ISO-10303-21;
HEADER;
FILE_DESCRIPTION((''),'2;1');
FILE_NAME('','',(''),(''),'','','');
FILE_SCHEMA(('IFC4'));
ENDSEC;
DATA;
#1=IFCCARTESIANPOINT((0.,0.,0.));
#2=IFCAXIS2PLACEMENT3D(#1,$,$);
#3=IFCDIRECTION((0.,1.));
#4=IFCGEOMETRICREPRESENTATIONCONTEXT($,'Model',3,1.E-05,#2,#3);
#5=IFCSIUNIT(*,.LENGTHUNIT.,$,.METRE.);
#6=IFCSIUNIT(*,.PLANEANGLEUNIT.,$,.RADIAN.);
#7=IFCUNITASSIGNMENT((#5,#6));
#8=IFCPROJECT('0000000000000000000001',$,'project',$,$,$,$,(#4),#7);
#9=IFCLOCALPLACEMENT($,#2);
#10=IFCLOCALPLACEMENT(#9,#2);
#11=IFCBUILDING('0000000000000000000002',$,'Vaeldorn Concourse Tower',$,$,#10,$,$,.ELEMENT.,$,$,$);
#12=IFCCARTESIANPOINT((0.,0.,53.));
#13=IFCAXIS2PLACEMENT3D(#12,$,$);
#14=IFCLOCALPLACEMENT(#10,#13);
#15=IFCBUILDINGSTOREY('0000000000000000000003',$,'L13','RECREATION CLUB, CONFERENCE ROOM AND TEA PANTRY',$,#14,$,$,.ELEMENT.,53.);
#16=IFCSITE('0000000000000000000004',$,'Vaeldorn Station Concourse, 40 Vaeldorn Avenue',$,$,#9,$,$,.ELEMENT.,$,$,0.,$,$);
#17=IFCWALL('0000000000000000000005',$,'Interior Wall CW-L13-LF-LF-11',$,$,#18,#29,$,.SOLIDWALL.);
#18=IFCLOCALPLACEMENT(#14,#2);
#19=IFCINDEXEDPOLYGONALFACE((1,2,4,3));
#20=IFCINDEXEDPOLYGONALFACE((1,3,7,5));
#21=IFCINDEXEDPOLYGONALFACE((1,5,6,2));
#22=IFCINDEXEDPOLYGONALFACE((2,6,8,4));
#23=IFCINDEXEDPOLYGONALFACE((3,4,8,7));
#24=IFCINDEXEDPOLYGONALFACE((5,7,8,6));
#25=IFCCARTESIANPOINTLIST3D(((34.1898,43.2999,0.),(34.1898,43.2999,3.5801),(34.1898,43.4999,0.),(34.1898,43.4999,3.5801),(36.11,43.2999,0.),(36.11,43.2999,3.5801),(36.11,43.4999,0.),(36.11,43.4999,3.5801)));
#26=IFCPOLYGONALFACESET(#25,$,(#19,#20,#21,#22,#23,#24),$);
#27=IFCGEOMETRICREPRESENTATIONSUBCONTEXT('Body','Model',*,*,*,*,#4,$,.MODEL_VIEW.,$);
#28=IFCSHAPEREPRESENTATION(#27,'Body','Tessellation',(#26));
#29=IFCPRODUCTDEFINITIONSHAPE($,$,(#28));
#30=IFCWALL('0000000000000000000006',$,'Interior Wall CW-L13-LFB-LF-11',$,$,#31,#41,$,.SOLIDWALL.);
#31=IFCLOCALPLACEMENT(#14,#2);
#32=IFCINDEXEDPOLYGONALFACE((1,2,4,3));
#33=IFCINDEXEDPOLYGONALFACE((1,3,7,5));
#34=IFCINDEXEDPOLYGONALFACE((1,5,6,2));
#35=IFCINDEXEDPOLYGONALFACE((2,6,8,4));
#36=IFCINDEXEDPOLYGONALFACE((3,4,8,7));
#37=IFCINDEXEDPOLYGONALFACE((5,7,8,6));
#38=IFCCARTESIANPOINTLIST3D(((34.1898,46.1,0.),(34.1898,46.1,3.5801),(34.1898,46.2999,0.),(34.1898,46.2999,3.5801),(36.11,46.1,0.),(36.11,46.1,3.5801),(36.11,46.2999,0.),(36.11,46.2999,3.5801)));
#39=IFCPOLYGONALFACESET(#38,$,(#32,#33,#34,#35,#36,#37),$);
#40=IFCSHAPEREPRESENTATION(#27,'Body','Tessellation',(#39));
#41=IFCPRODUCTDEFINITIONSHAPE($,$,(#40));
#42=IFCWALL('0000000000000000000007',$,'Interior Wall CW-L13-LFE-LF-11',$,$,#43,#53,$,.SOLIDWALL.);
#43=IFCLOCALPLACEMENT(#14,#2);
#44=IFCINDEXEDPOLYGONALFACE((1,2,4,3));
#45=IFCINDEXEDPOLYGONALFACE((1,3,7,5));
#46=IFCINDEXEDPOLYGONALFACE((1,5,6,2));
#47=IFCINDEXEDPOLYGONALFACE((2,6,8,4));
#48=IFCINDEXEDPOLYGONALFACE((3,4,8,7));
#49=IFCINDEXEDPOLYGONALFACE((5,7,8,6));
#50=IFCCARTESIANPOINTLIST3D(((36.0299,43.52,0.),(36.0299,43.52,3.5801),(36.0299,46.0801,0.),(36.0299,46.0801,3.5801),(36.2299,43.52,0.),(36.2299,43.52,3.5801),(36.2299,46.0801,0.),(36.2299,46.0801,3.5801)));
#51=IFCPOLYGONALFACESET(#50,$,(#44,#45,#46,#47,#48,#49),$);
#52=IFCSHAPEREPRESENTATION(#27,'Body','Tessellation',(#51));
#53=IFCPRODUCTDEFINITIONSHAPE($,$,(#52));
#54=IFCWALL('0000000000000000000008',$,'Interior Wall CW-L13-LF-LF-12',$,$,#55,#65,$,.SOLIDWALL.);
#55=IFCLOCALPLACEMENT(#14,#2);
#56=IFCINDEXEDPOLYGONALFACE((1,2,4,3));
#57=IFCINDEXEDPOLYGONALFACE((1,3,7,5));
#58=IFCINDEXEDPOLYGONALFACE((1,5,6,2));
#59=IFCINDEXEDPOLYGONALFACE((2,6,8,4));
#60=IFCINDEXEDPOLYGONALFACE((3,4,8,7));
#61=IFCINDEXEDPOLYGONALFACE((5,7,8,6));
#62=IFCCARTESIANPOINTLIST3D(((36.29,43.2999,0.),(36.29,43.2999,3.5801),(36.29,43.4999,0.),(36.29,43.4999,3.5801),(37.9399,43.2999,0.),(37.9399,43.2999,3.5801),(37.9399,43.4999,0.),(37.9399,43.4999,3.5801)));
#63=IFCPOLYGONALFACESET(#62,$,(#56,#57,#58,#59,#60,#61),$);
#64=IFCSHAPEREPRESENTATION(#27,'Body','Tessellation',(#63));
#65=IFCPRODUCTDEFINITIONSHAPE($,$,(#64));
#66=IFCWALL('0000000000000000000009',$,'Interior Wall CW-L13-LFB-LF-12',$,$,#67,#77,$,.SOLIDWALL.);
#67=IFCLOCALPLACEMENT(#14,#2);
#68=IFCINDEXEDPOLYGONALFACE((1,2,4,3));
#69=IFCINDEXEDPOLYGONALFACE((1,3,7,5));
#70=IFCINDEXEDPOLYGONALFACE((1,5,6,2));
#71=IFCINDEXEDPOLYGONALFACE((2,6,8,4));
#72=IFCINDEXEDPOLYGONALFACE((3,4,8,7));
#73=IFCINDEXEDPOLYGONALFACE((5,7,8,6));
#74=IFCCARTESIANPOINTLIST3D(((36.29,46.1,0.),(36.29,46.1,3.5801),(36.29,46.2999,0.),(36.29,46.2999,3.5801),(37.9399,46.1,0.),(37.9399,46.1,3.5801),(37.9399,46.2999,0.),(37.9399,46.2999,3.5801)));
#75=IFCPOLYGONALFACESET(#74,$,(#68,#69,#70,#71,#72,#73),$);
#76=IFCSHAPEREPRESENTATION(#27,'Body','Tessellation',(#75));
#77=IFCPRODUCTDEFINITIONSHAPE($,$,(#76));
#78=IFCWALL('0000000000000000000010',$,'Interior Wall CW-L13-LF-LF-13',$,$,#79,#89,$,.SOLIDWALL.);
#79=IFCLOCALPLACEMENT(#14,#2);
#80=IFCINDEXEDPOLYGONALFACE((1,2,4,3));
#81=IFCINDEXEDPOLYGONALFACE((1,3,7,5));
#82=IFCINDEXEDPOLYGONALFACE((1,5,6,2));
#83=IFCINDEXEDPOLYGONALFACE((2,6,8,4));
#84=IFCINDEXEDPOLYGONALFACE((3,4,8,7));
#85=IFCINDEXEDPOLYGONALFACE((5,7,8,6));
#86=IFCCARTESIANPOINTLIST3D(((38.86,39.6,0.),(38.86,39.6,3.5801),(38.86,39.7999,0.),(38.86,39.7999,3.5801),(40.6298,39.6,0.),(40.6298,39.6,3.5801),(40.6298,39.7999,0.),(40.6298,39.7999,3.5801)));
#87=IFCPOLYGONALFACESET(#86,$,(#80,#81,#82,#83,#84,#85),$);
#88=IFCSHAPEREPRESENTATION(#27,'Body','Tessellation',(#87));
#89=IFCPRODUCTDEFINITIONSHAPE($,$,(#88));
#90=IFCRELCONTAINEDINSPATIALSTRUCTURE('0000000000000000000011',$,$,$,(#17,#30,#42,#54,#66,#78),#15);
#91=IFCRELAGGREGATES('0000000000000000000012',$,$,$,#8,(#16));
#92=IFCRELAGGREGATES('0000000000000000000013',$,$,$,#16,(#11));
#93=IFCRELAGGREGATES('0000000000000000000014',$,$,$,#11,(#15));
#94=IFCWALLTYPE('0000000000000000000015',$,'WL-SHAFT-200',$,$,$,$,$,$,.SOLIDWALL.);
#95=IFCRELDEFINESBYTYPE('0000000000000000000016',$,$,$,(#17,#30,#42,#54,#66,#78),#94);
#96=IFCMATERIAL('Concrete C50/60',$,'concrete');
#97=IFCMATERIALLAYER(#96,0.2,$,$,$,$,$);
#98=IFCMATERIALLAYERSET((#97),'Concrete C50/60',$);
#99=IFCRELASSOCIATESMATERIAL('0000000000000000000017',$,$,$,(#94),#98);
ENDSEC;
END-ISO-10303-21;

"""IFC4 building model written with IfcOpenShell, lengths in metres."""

from ifc_helpers import new_model, si_unit, direction, frame, frame_2d, origin, place, context, subcontext, project, spatial, rectangle, extrude, material, layer, layer_set, type_object, element, save


model = new_model("IFC4")

# Units and contexts
model_context = context("Model", 3, precision=1e-05, world=origin(), true_north=direction((0.0, 1.0)))
body_context = subcontext(model_context, "Body", "Model", "MODEL_VIEW")
ifc_project = project(units=[si_unit("LENGTHUNIT", "METRE"), si_unit("PLANEANGLEUNIT", "RADIAN")], contexts=[model_context])

# Site, building, storey
site_placement = place(None, origin())
site = spatial("IfcSite", under=ifc_project, at=site_placement, Name="Vaeldorn Station Concourse, 40 Vaeldorn Avenue", CompositionType="ELEMENT", RefElevation=0.0)
building_placement = place(site_placement, origin())
building = spatial("IfcBuilding", under=site, at=building_placement, Name="Vaeldorn Concourse Tower", CompositionType="ELEMENT")
storey_placement = place(building_placement, frame((0.0, 0.0, 53.0)))
storey = spatial("IfcBuildingStorey", under=building, at=storey_placement, Name="L13", Description="RECREATION CLUB, CONFERENCE ROOM AND TEA PANTRY", CompositionType="ELEMENT", Elevation=53.0)

# Walls
ifc_material_1 = material(Name="Concrete C50/60", Category="concrete")
ifc_layer_1 = layer(ifc_material_1, 0.2)
ifc_layer_set_1 = layer_set([ifc_layer_1], Name="Concrete C50/60")
wall_type_1 = type_object("IfcWallType", Name="WL-SHAFT-200", PredefinedType="SOLIDWALL", material=ifc_layer_set_1)
for number, where, z_axis, x_axis, name in (
    (1, (34.1899, 43.3999, 0.0), (0.0, 0.0, 1.0), (1.0, 0.0, 0.0), "Interior Wall CW-L13-LF-LF-11"),
    (2, (34.1899, 46.2, 0.0), (0.0, 0.0, 1.0), (1.0, 0.0, 0.0), "Interior Wall CW-L13-LFB-LF-11"),
):
    element("IfcWall", number, at=place(storey_placement, frame(where, z_axis=z_axis, x_axis=x_axis)), inside=storey, type_object=wall_type_1, Name=name, PredefinedType="SOLIDWALL", context=body_context, shape_type="SweptSolid", body=[
        extrude(rectangle(XDim=1.9202, YDim=0.2, at=frame_2d((0.96, 0.0))), origin(), (0.0, 0.0, 1.0), 3.5801),
    ])
wall_1_placement = place(storey_placement, frame((36.1299, 43.52, 0.0), z_axis=(0.0, 0.0, 1.0), x_axis=(0.0, 1.0, 0.0)))
element("IfcWall", 3, at=wall_1_placement, inside=storey, type_object=wall_type_1, Name="Interior Wall CW-L13-LFE-LF-11", PredefinedType="SOLIDWALL", context=body_context, shape_type="SweptSolid", body=[
    extrude(rectangle(XDim=2.5601, YDim=0.2, at=frame_2d((1.28, 0.0))), origin(), (0.0, 0.0, 1.0), 3.5801),
])
for number, where, z_axis, x_axis, name in (
    (4, (36.29, 43.3999, 0.0), (0.0, 0.0, 1.0), (1.0, 0.0, 0.0), "Interior Wall CW-L13-LF-LF-12"),
    (5, (36.29, 46.2, 0.0), (0.0, 0.0, 1.0), (1.0, 0.0, 0.0), "Interior Wall CW-L13-LFB-LF-12"),
):
    element("IfcWall", number, at=place(storey_placement, frame(where, z_axis=z_axis, x_axis=x_axis)), inside=storey, type_object=wall_type_1, Name=name, PredefinedType="SOLIDWALL", context=body_context, shape_type="SweptSolid", body=[
        extrude(rectangle(XDim=1.6499, YDim=0.2, at=frame_2d((0.825, 0.0))), origin(), (0.0, 0.0, 1.0), 3.5801),
    ])
wall_2_placement = place(storey_placement, frame((38.8601, 39.7, 0.0), z_axis=(0.0, 0.0, 1.0), x_axis=(1.0, 0.0, 0.0)))
element("IfcWall", 6, at=wall_2_placement, inside=storey, type_object=wall_type_1, Name="Interior Wall CW-L13-LF-LF-13", PredefinedType="SOLIDWALL", context=body_context, shape_type="SweptSolid", body=[
    extrude(rectangle(XDim=1.7698, YDim=0.2, at=frame_2d((0.8848, 0.0))), origin(), (0.0, 0.0, 1.0), 3.5801),
])

save(model, "model.ifc")
